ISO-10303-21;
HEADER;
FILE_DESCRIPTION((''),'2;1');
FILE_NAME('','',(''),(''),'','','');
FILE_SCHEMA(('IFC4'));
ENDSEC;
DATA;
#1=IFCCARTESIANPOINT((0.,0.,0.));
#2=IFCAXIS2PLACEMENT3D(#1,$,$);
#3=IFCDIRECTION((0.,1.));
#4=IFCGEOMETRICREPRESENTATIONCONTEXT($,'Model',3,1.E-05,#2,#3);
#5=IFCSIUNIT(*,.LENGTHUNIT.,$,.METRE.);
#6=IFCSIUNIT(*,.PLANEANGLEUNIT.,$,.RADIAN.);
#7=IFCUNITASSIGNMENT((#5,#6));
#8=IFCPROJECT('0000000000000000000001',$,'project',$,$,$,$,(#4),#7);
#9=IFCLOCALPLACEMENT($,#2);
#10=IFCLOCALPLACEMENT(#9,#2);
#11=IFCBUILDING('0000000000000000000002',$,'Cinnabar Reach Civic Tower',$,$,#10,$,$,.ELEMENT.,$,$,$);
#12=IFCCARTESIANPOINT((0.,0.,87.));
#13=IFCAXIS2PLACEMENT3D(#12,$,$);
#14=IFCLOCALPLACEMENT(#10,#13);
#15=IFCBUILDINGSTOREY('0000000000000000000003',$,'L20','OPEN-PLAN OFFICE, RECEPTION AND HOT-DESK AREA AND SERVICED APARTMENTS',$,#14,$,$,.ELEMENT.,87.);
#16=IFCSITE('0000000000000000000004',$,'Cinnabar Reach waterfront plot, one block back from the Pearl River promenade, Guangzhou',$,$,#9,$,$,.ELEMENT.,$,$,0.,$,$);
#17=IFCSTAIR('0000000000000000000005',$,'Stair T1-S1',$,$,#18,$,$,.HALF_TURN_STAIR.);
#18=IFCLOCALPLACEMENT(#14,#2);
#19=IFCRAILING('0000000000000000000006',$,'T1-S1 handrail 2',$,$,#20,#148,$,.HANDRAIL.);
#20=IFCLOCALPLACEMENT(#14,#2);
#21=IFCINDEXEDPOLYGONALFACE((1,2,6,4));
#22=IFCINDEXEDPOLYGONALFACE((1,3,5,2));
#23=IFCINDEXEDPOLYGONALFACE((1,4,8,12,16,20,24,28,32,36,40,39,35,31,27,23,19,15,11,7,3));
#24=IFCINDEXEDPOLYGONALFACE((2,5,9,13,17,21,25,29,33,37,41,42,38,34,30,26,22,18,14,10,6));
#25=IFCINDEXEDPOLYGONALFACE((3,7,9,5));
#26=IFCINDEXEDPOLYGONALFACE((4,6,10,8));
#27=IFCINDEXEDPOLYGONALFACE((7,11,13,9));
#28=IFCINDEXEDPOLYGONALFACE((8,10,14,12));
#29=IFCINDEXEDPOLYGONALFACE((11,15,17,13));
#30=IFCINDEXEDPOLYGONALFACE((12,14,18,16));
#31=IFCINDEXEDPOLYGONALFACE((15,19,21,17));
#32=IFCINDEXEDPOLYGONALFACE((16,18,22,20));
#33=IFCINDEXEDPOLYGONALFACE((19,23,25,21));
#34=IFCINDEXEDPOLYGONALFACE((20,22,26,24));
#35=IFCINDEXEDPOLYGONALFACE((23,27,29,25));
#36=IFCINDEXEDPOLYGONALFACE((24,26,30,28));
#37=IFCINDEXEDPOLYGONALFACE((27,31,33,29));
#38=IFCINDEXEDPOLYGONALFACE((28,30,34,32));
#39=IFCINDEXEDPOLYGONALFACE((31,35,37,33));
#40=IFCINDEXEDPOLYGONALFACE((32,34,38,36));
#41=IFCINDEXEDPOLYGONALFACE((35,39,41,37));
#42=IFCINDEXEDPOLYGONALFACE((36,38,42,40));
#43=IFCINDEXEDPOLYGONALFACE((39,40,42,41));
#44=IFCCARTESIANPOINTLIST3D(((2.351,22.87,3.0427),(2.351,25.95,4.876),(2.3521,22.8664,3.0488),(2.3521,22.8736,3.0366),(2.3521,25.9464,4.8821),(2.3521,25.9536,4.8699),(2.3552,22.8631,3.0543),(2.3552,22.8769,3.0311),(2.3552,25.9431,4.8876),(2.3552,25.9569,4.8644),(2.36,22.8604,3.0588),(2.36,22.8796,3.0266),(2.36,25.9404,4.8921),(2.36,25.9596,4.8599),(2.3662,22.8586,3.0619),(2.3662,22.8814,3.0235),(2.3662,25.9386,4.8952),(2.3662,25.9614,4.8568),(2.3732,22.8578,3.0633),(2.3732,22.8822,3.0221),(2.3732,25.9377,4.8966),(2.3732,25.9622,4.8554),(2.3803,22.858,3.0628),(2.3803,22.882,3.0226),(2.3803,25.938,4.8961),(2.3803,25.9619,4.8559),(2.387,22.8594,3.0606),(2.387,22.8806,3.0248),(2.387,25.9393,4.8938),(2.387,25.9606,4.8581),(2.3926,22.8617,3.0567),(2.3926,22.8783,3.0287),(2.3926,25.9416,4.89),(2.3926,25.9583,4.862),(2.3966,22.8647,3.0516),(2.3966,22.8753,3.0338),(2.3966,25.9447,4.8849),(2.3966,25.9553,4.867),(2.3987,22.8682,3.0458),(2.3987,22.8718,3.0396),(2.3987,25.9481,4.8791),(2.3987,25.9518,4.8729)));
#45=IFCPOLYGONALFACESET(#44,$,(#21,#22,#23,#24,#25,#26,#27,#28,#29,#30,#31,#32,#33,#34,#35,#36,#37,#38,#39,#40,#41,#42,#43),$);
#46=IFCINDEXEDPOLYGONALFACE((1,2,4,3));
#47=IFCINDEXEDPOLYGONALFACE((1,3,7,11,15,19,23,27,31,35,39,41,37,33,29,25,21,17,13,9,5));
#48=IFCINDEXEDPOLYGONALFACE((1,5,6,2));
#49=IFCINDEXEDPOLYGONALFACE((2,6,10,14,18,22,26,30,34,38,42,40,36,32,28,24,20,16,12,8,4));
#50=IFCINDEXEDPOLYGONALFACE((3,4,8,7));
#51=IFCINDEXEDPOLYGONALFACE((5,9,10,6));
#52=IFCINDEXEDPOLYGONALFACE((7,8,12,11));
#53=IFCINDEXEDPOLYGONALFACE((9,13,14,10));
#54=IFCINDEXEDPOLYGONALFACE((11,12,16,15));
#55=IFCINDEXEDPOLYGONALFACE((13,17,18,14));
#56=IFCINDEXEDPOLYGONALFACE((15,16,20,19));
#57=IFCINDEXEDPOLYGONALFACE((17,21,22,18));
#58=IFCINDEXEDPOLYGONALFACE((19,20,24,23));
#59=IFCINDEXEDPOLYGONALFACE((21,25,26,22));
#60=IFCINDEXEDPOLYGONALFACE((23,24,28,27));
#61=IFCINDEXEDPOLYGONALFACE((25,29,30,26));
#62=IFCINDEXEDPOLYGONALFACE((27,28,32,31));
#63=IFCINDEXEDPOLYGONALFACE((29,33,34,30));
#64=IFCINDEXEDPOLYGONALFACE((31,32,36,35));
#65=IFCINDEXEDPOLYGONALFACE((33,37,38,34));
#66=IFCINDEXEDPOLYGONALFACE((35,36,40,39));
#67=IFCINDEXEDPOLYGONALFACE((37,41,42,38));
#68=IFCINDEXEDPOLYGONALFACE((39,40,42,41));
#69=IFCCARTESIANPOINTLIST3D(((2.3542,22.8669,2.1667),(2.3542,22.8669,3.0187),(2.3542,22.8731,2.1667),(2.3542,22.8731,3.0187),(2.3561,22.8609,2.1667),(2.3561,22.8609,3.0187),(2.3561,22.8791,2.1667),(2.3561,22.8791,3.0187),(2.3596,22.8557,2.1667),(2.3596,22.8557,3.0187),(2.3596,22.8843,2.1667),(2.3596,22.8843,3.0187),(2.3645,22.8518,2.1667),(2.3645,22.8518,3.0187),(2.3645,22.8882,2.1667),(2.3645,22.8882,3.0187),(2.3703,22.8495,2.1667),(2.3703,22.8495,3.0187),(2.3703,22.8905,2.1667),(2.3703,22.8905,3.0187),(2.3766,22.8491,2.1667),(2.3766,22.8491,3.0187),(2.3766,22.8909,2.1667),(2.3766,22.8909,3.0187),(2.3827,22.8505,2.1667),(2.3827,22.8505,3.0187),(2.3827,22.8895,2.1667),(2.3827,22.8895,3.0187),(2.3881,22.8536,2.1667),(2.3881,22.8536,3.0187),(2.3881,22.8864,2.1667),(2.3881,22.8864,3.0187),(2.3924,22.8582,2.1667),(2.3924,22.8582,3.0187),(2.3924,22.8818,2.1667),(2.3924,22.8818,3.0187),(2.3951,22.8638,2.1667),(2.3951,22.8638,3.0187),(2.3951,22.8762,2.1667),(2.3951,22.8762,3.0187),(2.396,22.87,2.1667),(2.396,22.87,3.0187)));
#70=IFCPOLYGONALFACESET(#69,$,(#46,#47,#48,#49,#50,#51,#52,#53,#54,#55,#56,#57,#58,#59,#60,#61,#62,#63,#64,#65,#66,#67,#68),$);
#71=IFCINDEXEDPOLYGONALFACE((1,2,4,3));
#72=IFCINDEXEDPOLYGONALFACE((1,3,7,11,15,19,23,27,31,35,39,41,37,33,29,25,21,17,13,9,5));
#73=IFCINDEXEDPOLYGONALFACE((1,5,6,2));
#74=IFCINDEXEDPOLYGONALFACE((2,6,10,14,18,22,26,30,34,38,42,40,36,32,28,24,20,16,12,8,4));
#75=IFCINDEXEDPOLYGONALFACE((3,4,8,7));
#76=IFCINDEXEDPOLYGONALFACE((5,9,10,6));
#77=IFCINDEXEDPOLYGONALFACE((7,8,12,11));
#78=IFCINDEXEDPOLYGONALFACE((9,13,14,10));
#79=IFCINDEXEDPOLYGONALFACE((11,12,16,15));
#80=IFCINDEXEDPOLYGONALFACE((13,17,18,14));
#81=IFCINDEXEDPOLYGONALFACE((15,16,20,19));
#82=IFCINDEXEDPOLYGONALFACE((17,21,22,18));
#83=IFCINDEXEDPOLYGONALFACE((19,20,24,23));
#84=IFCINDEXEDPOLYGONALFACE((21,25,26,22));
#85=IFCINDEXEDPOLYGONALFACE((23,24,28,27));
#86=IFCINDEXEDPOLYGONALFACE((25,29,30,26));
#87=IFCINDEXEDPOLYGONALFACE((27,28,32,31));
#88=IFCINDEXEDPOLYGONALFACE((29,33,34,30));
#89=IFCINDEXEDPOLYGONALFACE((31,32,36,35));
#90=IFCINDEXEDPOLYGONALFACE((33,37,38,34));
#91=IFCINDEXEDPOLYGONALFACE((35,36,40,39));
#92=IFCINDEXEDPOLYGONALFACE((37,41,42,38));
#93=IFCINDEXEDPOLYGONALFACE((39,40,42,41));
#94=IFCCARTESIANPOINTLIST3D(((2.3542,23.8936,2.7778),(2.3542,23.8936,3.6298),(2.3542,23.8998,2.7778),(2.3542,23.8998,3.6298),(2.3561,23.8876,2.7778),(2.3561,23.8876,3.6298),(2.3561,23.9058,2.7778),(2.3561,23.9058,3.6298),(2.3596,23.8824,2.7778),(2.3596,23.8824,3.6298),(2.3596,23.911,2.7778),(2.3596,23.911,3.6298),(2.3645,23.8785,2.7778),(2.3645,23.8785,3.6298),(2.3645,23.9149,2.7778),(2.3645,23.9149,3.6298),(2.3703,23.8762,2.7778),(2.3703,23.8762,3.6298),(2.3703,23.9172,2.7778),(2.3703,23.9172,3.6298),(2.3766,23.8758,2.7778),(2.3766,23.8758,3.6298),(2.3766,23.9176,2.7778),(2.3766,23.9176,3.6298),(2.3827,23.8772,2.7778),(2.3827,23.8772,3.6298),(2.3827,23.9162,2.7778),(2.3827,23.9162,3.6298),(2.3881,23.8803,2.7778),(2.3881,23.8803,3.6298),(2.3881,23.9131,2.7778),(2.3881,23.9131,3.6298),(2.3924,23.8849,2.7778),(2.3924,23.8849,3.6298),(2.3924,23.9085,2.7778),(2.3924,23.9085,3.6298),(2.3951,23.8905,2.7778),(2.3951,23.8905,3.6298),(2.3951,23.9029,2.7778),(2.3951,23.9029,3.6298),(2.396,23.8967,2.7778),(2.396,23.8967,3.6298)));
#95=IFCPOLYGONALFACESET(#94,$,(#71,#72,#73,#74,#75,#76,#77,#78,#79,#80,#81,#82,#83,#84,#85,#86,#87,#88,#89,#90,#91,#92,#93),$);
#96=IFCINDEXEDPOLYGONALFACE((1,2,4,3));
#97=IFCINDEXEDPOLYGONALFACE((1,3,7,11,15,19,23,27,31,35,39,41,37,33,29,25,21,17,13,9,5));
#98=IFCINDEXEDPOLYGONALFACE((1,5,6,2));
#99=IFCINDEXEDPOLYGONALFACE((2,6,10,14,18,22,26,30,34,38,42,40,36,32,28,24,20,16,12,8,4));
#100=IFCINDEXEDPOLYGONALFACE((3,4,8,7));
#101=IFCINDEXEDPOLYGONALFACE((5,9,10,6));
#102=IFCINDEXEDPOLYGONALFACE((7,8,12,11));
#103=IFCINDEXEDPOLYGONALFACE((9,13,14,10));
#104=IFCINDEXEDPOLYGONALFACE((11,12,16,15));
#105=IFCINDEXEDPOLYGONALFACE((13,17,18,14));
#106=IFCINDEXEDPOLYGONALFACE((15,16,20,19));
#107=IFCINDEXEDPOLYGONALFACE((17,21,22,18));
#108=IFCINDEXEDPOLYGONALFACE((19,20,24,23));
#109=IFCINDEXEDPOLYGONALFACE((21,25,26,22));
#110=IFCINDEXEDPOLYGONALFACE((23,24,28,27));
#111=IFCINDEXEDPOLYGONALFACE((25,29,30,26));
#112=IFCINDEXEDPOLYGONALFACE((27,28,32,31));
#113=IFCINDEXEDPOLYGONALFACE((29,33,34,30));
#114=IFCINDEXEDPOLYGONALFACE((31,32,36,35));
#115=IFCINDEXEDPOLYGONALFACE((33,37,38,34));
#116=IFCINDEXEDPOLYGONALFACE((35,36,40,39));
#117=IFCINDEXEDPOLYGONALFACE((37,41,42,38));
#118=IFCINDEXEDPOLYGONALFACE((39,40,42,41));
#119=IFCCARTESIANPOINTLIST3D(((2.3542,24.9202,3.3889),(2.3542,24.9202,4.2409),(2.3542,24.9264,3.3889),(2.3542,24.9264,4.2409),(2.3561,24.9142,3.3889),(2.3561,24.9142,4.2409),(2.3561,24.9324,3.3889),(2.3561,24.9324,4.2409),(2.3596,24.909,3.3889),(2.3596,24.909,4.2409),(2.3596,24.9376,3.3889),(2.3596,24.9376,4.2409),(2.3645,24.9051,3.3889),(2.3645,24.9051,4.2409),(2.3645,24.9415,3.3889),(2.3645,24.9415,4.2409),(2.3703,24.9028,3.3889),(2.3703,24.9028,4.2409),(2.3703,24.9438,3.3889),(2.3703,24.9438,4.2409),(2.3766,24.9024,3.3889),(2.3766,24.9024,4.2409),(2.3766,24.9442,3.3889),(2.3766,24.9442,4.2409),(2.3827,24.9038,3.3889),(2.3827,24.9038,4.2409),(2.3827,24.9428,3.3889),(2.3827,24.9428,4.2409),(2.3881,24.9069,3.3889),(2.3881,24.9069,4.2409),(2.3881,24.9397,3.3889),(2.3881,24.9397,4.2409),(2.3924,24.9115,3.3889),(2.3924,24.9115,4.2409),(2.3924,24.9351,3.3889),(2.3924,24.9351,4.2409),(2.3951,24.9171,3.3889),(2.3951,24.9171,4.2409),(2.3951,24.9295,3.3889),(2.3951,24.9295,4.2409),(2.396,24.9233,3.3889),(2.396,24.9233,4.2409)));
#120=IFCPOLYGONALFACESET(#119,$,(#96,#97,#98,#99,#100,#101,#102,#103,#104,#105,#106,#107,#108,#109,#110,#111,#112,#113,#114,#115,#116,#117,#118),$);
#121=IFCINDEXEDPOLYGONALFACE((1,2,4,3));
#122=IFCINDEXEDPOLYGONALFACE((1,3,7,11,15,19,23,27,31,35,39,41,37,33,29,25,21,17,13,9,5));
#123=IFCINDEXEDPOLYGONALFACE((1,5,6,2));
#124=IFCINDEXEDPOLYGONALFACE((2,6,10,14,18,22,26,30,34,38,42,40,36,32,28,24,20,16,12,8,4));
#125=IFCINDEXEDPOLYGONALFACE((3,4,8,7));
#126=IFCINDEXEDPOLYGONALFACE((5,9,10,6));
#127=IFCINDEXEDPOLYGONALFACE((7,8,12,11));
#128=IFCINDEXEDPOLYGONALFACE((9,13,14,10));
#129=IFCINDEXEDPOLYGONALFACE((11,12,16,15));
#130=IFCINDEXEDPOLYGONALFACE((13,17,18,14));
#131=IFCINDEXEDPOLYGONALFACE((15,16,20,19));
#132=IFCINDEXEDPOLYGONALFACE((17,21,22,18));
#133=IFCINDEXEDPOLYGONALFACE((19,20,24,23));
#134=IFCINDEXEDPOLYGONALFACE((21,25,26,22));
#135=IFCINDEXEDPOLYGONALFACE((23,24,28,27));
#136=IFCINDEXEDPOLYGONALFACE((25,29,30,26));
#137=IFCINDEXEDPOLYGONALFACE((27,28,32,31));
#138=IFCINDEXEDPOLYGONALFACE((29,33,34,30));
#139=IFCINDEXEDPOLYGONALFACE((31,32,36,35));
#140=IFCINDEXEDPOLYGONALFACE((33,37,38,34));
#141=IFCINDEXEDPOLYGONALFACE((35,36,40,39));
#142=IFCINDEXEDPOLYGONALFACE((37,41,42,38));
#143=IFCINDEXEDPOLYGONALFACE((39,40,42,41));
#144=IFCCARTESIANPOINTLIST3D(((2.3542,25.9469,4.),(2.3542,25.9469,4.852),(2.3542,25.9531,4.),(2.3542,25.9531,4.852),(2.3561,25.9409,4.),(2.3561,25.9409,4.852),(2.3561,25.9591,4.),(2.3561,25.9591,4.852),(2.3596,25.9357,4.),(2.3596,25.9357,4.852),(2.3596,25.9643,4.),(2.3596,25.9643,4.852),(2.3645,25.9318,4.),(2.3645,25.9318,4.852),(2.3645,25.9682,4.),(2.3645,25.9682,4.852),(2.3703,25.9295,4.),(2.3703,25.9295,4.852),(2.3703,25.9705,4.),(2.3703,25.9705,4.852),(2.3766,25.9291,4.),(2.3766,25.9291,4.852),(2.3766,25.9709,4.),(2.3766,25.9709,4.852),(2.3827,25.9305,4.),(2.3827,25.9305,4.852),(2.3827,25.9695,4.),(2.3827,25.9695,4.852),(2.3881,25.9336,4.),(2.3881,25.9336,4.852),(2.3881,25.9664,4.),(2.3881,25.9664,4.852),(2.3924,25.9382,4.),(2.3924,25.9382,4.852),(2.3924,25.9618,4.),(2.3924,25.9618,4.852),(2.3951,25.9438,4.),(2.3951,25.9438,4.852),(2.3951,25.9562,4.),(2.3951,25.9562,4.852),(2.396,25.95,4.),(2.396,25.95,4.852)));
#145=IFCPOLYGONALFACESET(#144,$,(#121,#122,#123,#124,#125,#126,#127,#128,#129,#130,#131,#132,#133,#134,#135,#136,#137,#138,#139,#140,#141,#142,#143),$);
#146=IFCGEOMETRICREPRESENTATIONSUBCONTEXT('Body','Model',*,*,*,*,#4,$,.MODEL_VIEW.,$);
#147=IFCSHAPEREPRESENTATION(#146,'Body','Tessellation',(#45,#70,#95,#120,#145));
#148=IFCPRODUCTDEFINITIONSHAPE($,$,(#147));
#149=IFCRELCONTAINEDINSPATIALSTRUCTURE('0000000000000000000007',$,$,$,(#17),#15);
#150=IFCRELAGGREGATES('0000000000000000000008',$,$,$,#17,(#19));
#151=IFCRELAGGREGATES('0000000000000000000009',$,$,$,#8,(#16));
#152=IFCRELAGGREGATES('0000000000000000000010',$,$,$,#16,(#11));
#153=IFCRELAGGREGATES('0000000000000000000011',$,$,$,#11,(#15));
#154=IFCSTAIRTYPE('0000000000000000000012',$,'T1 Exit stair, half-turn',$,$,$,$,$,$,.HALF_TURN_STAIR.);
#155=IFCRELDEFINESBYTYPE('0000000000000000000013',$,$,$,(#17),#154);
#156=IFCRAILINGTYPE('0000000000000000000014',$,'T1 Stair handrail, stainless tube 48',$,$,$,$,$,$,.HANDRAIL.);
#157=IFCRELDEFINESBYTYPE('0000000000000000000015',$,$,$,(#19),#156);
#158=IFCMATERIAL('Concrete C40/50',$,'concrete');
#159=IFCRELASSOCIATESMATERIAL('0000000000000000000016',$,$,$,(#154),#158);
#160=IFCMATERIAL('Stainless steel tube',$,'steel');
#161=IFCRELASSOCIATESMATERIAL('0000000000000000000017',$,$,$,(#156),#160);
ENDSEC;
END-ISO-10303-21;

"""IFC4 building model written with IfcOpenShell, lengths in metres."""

from ifc_helpers import new_model, si_unit, direction, frame, origin, origin_2d, place, context, subcontext, project, spatial, circle, extrude, material, type_object, element, aggregate, save


model = new_model("IFC4")

# Units and contexts
model_context = context("Model", 3, precision=1e-05, world=origin(), true_north=direction((0.0, 1.0)))
body_context = subcontext(model_context, "Body", "Model", "MODEL_VIEW")
ifc_project = project(units=[si_unit("LENGTHUNIT", "METRE"), si_unit("PLANEANGLEUNIT", "RADIAN")], contexts=[model_context])

# Site, building, storey
site_placement = place(None, origin())
site = spatial("IfcSite", under=ifc_project, at=site_placement, Name="Cinnabar Reach waterfront plot, one block back from the Pearl River promenade, Guangzhou", CompositionType="ELEMENT", RefElevation=0.0)
building_placement = place(site_placement, origin())
building = spatial("IfcBuilding", under=site, at=building_placement, Name="Cinnabar Reach Civic Tower", CompositionType="ELEMENT")
storey_placement = place(building_placement, frame((0.0, 0.0, 87.0)))
storey = spatial("IfcBuildingStorey", under=building, at=storey_placement, Name="L20", Description="OPEN-PLAN OFFICE, RECEPTION AND HOT-DESK AREA AND SERVICED APARTMENTS", CompositionType="ELEMENT", Elevation=87.0)

# Stair, railing
ifc_material_1 = material(Name="Concrete C40/50", Category="concrete")
stair_type = type_object("IfcStairType", Name="T1 Exit stair, half-turn", PredefinedType="HALF_TURN_STAIR", material=ifc_material_1)
stair_placement = place(storey_placement, origin())
stair = element("IfcStair", 1, at=stair_placement, inside=storey, type_object=stair_type, Name="Stair T1-S1", PredefinedType="HALF_TURN_STAIR")
ifc_material_2 = material(Name="Stainless steel tube", Category="steel")
railing_type = type_object("IfcRailingType", Name="T1 Stair handrail, stainless tube 48", PredefinedType="HANDRAIL", material=ifc_material_2)
railing_placement = place(storey_placement, frame((2.375, 22.87, 2.1667)))
railing = element("IfcRailing", 2, at=railing_placement, type_object=railing_type, Name="T1-S1 handrail 2", PredefinedType="HANDRAIL", context=body_context, shape_type="SweptSolid", body=[
    extrude(circle(Radius=0.024, at=origin_2d()), frame((0.0, 0.0, 0.876), z_axis=(0.0, 0.859297, 0.511477), x_axis=(-1.0, 0.0, 0.0)), (0.0, 0.0, 1.0), 3.5843),
    extrude(circle(Radius=0.021, at=origin_2d()), origin(), (0.0, 0.0, 1.0), 0.852),
    extrude(circle(Radius=0.021, at=origin_2d()), frame((0.0, 1.0267, 0.6111)), (0.0, 0.0, 1.0), 0.852),
    extrude(circle(Radius=0.021, at=origin_2d()), frame((0.0, 2.0533, 1.2222)), (0.0, 0.0, 1.0), 0.852),
    extrude(circle(Radius=0.021, at=origin_2d()), frame((0.0, 3.08, 1.8333)), (0.0, 0.0, 1.0), 0.852),
])
aggregate(stair, [railing])

save(model, "model.ifc")
